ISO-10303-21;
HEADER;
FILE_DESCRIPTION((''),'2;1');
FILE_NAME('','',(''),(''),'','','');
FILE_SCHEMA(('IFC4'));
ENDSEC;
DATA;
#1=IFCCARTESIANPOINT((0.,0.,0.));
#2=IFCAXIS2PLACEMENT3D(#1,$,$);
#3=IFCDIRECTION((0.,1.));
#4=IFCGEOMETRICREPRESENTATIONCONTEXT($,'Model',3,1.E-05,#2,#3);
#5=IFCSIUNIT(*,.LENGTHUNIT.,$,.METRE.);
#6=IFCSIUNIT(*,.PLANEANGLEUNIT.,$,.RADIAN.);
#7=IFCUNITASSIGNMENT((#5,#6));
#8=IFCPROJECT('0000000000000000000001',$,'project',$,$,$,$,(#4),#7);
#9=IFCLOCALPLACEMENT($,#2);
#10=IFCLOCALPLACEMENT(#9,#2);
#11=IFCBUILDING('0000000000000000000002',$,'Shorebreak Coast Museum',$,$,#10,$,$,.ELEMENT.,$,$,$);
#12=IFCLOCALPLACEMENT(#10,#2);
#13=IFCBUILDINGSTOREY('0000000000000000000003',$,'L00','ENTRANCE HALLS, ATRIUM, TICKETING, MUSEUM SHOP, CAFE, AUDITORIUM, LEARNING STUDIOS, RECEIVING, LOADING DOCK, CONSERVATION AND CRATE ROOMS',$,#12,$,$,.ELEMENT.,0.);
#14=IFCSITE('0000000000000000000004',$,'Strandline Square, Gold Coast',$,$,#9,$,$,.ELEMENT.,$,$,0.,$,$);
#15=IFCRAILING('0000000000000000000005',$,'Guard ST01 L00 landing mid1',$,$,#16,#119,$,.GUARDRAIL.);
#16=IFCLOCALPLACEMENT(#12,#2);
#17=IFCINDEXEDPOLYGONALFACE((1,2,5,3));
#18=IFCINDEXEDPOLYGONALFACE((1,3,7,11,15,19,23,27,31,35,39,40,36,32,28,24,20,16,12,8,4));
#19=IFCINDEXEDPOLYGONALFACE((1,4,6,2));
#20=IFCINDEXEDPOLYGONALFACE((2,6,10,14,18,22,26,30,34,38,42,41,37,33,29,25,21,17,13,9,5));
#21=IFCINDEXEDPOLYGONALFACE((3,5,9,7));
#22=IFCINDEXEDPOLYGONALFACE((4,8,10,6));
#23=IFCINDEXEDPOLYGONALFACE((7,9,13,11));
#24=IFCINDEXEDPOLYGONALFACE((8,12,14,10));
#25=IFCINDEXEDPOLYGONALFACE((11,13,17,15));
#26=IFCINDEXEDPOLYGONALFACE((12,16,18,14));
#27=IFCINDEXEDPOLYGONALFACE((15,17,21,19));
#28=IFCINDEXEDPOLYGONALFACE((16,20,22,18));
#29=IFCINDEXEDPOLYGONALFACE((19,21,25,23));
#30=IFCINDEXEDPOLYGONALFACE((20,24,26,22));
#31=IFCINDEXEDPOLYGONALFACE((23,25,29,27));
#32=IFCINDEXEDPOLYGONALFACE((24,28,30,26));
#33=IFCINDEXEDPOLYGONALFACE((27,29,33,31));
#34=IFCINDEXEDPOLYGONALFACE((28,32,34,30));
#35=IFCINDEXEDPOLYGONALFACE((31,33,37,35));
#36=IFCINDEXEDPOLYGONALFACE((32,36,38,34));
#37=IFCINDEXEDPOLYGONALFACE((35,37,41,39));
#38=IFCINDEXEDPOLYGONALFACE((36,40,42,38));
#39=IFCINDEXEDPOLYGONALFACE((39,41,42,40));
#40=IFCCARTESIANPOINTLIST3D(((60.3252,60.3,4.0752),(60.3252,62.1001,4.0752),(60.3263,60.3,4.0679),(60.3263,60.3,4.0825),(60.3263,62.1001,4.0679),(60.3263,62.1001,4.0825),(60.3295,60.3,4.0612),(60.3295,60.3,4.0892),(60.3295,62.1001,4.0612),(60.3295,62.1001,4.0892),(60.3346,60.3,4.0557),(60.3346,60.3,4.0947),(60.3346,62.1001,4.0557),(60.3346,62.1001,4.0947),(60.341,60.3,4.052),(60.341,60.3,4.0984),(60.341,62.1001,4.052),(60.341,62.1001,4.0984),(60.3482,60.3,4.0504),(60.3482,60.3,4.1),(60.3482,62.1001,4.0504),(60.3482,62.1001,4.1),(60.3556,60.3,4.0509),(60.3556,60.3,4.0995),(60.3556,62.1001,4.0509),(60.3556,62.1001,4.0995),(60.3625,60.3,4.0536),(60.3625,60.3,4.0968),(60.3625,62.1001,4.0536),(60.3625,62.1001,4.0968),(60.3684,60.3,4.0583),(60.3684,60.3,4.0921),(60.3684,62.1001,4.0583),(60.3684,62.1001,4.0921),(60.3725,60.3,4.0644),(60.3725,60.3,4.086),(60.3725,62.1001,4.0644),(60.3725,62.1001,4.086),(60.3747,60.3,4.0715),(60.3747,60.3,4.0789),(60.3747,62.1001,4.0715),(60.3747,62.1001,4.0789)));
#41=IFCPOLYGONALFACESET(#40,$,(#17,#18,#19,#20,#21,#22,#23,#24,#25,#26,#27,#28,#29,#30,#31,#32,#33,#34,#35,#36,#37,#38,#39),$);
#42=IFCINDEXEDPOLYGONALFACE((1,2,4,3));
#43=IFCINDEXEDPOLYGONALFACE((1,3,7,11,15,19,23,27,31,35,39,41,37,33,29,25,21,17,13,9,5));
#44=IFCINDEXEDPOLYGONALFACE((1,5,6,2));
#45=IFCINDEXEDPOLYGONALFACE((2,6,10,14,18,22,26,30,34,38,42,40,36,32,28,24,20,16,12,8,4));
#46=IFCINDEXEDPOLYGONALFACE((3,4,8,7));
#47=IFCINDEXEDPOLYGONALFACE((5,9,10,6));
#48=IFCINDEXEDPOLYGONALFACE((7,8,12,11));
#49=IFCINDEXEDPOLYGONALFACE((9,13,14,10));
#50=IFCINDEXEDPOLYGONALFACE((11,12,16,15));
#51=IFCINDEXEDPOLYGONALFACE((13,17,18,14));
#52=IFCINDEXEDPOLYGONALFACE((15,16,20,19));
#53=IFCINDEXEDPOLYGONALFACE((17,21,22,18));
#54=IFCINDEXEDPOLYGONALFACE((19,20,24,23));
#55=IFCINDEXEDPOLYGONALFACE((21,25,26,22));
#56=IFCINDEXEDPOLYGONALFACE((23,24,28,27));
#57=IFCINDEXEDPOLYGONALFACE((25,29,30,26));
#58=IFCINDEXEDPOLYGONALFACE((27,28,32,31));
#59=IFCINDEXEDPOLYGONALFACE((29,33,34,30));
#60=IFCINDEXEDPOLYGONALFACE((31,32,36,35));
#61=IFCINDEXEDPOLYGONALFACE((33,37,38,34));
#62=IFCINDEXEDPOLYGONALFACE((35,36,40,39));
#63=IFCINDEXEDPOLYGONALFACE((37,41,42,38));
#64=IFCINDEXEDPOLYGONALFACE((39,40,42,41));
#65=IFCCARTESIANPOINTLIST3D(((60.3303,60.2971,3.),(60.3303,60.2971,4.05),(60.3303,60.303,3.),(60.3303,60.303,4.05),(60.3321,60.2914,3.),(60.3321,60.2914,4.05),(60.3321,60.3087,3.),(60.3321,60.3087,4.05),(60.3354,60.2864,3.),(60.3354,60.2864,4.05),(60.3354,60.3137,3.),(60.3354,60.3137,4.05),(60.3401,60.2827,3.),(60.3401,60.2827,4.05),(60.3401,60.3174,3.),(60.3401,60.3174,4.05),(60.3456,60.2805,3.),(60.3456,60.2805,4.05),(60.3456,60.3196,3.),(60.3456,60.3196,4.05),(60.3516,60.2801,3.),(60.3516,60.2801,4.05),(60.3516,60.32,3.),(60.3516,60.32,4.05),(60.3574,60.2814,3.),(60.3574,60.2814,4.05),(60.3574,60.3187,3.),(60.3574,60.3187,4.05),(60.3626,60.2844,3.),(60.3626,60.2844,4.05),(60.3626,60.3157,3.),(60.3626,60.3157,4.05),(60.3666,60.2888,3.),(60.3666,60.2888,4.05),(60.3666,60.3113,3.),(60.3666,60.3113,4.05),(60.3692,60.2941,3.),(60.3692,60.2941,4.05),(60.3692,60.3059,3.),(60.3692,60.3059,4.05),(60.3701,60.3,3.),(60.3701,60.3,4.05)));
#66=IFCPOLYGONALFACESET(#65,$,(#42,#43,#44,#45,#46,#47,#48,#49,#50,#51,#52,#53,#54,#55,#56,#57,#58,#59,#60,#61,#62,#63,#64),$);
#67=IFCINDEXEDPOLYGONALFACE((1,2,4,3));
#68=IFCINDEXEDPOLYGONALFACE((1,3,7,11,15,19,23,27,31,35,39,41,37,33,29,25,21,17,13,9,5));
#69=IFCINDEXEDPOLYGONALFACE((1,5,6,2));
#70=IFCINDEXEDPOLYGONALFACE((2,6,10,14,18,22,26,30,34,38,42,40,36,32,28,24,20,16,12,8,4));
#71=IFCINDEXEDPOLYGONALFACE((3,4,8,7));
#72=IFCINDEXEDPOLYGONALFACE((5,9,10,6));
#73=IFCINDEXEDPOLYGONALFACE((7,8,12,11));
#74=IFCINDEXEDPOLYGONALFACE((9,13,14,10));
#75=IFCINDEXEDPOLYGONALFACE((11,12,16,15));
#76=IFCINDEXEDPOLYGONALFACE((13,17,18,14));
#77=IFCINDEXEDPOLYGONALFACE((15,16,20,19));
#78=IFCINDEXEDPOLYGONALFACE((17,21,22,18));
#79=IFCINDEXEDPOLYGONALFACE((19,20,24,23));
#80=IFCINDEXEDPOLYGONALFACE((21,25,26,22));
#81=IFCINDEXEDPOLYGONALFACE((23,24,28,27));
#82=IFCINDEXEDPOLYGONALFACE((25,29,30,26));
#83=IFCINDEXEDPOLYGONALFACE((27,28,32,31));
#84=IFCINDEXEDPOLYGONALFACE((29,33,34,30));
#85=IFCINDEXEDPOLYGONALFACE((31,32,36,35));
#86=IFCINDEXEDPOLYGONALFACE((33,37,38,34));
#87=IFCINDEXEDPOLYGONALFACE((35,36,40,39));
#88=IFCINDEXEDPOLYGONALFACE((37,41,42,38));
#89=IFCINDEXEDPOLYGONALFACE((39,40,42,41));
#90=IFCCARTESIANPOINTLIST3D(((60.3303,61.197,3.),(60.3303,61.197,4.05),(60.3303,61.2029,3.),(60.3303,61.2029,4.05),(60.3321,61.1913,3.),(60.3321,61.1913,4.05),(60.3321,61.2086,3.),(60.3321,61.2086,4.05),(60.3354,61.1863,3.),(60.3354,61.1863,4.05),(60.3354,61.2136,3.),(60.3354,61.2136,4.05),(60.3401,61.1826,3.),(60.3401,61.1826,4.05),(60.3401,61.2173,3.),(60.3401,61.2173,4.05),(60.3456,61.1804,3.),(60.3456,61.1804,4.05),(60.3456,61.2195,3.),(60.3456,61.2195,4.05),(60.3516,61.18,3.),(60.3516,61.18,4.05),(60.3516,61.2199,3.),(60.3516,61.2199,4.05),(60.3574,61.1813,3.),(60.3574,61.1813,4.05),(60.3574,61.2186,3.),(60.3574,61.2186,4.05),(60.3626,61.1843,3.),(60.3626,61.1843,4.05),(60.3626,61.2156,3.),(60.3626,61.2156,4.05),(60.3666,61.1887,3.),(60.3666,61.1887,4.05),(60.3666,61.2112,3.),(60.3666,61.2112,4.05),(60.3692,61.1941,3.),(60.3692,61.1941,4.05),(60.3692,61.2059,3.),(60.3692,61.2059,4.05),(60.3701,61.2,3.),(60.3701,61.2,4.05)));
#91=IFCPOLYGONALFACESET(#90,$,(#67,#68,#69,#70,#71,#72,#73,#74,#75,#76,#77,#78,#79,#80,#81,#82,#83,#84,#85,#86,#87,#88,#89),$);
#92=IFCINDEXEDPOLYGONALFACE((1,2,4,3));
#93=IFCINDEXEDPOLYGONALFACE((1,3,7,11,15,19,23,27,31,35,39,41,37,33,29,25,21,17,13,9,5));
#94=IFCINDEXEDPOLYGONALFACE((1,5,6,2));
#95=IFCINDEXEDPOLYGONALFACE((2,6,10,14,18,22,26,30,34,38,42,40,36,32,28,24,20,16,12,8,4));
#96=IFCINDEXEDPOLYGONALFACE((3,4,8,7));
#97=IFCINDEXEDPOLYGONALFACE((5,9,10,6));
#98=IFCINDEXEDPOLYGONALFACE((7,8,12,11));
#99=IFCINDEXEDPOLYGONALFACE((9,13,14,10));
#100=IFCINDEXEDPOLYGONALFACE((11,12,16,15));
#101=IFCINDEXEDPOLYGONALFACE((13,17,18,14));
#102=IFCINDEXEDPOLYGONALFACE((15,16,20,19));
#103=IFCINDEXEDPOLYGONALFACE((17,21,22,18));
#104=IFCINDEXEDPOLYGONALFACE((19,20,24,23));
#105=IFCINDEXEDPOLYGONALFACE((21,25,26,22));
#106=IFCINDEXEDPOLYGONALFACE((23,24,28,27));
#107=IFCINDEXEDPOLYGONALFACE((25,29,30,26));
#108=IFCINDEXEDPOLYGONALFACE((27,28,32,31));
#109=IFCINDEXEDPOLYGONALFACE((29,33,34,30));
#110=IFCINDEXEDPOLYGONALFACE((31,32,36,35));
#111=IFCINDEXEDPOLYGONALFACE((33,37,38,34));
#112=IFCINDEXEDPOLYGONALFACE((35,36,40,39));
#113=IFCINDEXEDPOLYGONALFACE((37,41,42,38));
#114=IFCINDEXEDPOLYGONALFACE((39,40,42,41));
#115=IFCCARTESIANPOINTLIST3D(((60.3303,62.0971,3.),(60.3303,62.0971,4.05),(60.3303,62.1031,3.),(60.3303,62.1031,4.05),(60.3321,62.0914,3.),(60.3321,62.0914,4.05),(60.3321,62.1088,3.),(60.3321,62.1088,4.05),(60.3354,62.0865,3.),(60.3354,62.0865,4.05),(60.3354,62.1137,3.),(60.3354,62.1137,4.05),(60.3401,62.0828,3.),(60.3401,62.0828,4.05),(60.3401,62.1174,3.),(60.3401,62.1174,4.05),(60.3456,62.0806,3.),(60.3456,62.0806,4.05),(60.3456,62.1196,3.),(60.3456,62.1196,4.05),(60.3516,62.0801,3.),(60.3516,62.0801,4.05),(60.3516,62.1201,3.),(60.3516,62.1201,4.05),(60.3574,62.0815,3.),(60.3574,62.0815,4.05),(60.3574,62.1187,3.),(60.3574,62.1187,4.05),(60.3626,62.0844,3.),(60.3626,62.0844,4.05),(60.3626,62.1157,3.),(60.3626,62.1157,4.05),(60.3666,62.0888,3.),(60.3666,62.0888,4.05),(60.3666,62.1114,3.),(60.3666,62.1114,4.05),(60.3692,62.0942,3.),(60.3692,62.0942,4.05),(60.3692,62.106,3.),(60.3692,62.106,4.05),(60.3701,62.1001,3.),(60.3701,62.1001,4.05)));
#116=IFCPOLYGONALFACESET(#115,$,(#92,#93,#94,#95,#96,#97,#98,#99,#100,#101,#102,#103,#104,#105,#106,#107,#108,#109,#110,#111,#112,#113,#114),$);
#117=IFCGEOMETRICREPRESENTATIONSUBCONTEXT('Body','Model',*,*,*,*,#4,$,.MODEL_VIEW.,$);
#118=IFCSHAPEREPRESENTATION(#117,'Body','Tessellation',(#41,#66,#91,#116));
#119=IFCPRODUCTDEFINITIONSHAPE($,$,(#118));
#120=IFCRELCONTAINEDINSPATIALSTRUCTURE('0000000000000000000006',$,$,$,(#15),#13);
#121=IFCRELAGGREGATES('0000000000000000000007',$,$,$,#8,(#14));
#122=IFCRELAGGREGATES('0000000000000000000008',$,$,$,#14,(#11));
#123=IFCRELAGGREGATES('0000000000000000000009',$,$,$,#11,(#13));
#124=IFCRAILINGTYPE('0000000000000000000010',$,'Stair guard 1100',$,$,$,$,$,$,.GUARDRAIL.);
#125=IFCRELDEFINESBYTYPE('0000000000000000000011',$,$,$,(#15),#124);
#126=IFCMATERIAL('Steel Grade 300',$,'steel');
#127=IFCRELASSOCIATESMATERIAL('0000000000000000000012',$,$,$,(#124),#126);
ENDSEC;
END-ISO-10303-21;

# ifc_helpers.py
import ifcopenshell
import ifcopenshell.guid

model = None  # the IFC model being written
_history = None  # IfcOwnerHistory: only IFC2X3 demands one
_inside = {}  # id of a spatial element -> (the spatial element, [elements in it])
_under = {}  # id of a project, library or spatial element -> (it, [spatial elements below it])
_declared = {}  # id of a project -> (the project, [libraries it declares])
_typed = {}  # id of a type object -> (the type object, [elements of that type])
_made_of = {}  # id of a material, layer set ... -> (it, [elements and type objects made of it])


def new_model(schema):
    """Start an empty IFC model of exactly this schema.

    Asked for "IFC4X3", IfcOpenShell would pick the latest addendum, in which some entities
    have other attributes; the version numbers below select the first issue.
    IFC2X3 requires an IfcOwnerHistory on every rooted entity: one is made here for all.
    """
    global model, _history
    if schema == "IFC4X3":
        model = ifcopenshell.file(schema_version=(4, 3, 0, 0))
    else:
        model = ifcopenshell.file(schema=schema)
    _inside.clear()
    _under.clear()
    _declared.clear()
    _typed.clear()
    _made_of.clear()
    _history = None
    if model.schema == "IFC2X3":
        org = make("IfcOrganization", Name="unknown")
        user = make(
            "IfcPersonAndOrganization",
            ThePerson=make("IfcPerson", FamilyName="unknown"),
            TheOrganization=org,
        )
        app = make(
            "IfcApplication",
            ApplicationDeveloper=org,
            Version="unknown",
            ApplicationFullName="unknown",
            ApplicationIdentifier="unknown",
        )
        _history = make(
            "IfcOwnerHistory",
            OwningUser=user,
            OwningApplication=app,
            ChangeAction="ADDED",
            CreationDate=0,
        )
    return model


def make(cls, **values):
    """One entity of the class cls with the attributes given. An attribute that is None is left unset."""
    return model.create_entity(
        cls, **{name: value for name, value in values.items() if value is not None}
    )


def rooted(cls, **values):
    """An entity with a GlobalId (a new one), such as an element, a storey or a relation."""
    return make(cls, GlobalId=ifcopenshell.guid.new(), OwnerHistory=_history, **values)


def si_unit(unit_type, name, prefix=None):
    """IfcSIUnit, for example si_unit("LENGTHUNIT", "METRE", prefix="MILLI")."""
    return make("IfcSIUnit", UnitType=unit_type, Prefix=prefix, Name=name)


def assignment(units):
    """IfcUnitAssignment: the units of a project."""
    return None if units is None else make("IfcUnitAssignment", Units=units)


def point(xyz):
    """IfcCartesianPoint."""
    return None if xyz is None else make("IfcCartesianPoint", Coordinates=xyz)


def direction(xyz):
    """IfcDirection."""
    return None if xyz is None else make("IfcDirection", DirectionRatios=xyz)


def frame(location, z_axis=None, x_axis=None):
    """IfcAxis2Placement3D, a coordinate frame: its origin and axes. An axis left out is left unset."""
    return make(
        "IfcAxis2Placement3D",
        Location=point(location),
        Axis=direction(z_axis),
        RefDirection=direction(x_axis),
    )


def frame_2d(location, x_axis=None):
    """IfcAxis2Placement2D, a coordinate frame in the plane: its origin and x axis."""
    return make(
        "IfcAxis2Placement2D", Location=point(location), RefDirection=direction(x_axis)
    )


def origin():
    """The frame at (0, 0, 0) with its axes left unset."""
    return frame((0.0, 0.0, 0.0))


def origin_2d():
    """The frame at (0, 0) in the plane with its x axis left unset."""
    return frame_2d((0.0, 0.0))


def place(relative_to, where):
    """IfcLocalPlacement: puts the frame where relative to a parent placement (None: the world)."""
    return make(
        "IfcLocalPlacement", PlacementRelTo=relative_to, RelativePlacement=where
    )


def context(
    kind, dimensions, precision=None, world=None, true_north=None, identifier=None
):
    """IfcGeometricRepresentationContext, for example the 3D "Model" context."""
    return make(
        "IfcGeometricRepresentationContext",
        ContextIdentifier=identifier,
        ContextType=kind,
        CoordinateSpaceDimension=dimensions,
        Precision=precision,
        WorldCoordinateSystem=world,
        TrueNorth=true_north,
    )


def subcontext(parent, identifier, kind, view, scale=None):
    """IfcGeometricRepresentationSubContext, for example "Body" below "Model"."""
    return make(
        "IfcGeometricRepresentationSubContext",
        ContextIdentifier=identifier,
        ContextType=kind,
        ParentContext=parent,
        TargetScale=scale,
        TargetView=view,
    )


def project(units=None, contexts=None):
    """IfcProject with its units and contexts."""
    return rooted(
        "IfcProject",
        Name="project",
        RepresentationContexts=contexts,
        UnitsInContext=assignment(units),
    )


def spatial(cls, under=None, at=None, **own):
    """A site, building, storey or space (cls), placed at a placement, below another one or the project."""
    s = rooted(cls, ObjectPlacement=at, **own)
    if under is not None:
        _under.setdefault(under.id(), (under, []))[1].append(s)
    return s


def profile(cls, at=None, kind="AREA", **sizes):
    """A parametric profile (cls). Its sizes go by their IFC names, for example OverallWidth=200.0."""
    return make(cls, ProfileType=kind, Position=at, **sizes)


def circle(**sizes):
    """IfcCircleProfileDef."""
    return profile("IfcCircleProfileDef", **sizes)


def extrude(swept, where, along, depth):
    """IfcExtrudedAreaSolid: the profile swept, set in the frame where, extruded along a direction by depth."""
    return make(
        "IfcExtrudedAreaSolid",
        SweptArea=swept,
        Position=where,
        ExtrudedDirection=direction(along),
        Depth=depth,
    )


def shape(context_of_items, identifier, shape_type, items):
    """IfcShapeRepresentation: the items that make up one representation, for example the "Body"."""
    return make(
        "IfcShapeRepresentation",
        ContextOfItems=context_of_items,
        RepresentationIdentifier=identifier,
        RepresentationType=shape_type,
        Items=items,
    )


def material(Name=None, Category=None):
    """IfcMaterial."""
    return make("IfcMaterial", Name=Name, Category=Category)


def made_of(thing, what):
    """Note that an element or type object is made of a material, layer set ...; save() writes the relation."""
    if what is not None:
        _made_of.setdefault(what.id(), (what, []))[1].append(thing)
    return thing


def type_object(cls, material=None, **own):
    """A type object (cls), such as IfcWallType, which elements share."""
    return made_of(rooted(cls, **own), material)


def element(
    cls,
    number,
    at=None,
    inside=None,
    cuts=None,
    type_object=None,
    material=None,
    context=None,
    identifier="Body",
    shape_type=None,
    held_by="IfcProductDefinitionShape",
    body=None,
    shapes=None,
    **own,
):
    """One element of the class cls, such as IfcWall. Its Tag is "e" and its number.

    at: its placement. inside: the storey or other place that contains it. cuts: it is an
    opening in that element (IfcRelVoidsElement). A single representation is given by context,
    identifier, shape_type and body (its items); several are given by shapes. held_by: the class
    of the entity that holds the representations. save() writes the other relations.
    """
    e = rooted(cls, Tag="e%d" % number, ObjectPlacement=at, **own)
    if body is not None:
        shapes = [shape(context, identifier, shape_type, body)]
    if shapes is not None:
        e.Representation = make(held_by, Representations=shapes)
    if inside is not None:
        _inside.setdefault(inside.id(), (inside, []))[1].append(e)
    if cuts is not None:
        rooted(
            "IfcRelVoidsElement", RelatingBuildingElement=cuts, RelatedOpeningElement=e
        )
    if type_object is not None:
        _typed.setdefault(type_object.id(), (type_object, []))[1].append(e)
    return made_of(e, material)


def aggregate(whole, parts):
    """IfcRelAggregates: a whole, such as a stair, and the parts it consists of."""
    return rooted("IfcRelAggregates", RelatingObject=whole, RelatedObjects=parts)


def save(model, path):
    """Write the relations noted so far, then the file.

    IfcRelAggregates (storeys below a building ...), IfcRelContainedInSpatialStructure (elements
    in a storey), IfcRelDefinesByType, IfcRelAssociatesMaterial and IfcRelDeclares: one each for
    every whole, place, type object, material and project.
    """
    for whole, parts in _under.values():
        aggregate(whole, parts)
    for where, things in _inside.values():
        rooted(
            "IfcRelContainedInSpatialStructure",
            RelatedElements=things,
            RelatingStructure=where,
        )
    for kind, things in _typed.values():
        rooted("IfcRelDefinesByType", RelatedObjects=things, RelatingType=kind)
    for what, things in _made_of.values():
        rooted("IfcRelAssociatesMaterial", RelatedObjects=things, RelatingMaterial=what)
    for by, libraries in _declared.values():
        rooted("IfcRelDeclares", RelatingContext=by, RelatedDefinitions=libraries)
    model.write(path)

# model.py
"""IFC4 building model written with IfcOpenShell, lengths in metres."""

from ifc_helpers import new_model, si_unit, direction, frame, origin, origin_2d, place, context, subcontext, project, spatial, circle, extrude, material, type_object, element, save


model = new_model("IFC4")

# Units and contexts
model_context = context("Model", 3, precision=1e-05, world=origin(), true_north=direction((0.0, 1.0)))
body_context = subcontext(model_context, "Body", "Model", "MODEL_VIEW")
ifc_project = project(units=[si_unit("LENGTHUNIT", "METRE"), si_unit("PLANEANGLEUNIT", "RADIAN")], contexts=[model_context])

# Site, building, storey
site_placement = place(None, origin())
site = spatial("IfcSite", under=ifc_project, at=site_placement, Name="Strandline Square, Gold Coast", CompositionType="ELEMENT", RefElevation=0.0)
building_placement = place(site_placement, origin())
building = spatial("IfcBuilding", under=site, at=building_placement, Name="Shorebreak Coast Museum", CompositionType="ELEMENT")
storey_placement = place(building_placement, origin())
storey = spatial("IfcBuildingStorey", under=building, at=storey_placement, Name="L00", Description="ENTRANCE HALLS, ATRIUM, TICKETING, MUSEUM SHOP, CAFE, AUDITORIUM, LEARNING STUDIOS, RECEIVING, LOADING DOCK, CONSERVATION AND CRATE ROOMS", CompositionType="ELEMENT", Elevation=0.0)

# Railing
ifc_material_1 = material(Name="Steel Grade 300", Category="steel")
railing_type_1 = type_object("IfcRailingType", Name="Stair guard 1100", PredefinedType="GUARDRAIL", material=ifc_material_1)
railing_1_placement = place(storey_placement, frame((60.3501, 60.3, 3.0)))
element("IfcRailing", 1, at=railing_1_placement, inside=storey, type_object=railing_type_1, Name="Guard ST01 L00 landing mid1", PredefinedType="GUARDRAIL", context=body_context, shape_type="SweptSolid", body=[
    extrude(circle(Radius=0.0249, at=origin_2d()), frame((0.0, 0.0, 1.0752), z_axis=(0.0, 1.0, 0.0), x_axis=(-1.0, 0.0, 0.0)), (0.0, 0.0, 1.0), 1.8),
    extrude(circle(Radius=0.02, at=origin_2d()), origin(), (0.0, 0.0, 1.0), 1.05),
    extrude(circle(Radius=0.02, at=origin_2d()), frame((0.0, 0.8999, 0.0)), (0.0, 0.0, 1.0), 1.05),
    extrude(circle(Radius=0.02, at=origin_2d()), frame((0.0, 1.8, 0.0)), (0.0, 0.0, 1.0), 1.05),
])

save(model, "model.ifc")
